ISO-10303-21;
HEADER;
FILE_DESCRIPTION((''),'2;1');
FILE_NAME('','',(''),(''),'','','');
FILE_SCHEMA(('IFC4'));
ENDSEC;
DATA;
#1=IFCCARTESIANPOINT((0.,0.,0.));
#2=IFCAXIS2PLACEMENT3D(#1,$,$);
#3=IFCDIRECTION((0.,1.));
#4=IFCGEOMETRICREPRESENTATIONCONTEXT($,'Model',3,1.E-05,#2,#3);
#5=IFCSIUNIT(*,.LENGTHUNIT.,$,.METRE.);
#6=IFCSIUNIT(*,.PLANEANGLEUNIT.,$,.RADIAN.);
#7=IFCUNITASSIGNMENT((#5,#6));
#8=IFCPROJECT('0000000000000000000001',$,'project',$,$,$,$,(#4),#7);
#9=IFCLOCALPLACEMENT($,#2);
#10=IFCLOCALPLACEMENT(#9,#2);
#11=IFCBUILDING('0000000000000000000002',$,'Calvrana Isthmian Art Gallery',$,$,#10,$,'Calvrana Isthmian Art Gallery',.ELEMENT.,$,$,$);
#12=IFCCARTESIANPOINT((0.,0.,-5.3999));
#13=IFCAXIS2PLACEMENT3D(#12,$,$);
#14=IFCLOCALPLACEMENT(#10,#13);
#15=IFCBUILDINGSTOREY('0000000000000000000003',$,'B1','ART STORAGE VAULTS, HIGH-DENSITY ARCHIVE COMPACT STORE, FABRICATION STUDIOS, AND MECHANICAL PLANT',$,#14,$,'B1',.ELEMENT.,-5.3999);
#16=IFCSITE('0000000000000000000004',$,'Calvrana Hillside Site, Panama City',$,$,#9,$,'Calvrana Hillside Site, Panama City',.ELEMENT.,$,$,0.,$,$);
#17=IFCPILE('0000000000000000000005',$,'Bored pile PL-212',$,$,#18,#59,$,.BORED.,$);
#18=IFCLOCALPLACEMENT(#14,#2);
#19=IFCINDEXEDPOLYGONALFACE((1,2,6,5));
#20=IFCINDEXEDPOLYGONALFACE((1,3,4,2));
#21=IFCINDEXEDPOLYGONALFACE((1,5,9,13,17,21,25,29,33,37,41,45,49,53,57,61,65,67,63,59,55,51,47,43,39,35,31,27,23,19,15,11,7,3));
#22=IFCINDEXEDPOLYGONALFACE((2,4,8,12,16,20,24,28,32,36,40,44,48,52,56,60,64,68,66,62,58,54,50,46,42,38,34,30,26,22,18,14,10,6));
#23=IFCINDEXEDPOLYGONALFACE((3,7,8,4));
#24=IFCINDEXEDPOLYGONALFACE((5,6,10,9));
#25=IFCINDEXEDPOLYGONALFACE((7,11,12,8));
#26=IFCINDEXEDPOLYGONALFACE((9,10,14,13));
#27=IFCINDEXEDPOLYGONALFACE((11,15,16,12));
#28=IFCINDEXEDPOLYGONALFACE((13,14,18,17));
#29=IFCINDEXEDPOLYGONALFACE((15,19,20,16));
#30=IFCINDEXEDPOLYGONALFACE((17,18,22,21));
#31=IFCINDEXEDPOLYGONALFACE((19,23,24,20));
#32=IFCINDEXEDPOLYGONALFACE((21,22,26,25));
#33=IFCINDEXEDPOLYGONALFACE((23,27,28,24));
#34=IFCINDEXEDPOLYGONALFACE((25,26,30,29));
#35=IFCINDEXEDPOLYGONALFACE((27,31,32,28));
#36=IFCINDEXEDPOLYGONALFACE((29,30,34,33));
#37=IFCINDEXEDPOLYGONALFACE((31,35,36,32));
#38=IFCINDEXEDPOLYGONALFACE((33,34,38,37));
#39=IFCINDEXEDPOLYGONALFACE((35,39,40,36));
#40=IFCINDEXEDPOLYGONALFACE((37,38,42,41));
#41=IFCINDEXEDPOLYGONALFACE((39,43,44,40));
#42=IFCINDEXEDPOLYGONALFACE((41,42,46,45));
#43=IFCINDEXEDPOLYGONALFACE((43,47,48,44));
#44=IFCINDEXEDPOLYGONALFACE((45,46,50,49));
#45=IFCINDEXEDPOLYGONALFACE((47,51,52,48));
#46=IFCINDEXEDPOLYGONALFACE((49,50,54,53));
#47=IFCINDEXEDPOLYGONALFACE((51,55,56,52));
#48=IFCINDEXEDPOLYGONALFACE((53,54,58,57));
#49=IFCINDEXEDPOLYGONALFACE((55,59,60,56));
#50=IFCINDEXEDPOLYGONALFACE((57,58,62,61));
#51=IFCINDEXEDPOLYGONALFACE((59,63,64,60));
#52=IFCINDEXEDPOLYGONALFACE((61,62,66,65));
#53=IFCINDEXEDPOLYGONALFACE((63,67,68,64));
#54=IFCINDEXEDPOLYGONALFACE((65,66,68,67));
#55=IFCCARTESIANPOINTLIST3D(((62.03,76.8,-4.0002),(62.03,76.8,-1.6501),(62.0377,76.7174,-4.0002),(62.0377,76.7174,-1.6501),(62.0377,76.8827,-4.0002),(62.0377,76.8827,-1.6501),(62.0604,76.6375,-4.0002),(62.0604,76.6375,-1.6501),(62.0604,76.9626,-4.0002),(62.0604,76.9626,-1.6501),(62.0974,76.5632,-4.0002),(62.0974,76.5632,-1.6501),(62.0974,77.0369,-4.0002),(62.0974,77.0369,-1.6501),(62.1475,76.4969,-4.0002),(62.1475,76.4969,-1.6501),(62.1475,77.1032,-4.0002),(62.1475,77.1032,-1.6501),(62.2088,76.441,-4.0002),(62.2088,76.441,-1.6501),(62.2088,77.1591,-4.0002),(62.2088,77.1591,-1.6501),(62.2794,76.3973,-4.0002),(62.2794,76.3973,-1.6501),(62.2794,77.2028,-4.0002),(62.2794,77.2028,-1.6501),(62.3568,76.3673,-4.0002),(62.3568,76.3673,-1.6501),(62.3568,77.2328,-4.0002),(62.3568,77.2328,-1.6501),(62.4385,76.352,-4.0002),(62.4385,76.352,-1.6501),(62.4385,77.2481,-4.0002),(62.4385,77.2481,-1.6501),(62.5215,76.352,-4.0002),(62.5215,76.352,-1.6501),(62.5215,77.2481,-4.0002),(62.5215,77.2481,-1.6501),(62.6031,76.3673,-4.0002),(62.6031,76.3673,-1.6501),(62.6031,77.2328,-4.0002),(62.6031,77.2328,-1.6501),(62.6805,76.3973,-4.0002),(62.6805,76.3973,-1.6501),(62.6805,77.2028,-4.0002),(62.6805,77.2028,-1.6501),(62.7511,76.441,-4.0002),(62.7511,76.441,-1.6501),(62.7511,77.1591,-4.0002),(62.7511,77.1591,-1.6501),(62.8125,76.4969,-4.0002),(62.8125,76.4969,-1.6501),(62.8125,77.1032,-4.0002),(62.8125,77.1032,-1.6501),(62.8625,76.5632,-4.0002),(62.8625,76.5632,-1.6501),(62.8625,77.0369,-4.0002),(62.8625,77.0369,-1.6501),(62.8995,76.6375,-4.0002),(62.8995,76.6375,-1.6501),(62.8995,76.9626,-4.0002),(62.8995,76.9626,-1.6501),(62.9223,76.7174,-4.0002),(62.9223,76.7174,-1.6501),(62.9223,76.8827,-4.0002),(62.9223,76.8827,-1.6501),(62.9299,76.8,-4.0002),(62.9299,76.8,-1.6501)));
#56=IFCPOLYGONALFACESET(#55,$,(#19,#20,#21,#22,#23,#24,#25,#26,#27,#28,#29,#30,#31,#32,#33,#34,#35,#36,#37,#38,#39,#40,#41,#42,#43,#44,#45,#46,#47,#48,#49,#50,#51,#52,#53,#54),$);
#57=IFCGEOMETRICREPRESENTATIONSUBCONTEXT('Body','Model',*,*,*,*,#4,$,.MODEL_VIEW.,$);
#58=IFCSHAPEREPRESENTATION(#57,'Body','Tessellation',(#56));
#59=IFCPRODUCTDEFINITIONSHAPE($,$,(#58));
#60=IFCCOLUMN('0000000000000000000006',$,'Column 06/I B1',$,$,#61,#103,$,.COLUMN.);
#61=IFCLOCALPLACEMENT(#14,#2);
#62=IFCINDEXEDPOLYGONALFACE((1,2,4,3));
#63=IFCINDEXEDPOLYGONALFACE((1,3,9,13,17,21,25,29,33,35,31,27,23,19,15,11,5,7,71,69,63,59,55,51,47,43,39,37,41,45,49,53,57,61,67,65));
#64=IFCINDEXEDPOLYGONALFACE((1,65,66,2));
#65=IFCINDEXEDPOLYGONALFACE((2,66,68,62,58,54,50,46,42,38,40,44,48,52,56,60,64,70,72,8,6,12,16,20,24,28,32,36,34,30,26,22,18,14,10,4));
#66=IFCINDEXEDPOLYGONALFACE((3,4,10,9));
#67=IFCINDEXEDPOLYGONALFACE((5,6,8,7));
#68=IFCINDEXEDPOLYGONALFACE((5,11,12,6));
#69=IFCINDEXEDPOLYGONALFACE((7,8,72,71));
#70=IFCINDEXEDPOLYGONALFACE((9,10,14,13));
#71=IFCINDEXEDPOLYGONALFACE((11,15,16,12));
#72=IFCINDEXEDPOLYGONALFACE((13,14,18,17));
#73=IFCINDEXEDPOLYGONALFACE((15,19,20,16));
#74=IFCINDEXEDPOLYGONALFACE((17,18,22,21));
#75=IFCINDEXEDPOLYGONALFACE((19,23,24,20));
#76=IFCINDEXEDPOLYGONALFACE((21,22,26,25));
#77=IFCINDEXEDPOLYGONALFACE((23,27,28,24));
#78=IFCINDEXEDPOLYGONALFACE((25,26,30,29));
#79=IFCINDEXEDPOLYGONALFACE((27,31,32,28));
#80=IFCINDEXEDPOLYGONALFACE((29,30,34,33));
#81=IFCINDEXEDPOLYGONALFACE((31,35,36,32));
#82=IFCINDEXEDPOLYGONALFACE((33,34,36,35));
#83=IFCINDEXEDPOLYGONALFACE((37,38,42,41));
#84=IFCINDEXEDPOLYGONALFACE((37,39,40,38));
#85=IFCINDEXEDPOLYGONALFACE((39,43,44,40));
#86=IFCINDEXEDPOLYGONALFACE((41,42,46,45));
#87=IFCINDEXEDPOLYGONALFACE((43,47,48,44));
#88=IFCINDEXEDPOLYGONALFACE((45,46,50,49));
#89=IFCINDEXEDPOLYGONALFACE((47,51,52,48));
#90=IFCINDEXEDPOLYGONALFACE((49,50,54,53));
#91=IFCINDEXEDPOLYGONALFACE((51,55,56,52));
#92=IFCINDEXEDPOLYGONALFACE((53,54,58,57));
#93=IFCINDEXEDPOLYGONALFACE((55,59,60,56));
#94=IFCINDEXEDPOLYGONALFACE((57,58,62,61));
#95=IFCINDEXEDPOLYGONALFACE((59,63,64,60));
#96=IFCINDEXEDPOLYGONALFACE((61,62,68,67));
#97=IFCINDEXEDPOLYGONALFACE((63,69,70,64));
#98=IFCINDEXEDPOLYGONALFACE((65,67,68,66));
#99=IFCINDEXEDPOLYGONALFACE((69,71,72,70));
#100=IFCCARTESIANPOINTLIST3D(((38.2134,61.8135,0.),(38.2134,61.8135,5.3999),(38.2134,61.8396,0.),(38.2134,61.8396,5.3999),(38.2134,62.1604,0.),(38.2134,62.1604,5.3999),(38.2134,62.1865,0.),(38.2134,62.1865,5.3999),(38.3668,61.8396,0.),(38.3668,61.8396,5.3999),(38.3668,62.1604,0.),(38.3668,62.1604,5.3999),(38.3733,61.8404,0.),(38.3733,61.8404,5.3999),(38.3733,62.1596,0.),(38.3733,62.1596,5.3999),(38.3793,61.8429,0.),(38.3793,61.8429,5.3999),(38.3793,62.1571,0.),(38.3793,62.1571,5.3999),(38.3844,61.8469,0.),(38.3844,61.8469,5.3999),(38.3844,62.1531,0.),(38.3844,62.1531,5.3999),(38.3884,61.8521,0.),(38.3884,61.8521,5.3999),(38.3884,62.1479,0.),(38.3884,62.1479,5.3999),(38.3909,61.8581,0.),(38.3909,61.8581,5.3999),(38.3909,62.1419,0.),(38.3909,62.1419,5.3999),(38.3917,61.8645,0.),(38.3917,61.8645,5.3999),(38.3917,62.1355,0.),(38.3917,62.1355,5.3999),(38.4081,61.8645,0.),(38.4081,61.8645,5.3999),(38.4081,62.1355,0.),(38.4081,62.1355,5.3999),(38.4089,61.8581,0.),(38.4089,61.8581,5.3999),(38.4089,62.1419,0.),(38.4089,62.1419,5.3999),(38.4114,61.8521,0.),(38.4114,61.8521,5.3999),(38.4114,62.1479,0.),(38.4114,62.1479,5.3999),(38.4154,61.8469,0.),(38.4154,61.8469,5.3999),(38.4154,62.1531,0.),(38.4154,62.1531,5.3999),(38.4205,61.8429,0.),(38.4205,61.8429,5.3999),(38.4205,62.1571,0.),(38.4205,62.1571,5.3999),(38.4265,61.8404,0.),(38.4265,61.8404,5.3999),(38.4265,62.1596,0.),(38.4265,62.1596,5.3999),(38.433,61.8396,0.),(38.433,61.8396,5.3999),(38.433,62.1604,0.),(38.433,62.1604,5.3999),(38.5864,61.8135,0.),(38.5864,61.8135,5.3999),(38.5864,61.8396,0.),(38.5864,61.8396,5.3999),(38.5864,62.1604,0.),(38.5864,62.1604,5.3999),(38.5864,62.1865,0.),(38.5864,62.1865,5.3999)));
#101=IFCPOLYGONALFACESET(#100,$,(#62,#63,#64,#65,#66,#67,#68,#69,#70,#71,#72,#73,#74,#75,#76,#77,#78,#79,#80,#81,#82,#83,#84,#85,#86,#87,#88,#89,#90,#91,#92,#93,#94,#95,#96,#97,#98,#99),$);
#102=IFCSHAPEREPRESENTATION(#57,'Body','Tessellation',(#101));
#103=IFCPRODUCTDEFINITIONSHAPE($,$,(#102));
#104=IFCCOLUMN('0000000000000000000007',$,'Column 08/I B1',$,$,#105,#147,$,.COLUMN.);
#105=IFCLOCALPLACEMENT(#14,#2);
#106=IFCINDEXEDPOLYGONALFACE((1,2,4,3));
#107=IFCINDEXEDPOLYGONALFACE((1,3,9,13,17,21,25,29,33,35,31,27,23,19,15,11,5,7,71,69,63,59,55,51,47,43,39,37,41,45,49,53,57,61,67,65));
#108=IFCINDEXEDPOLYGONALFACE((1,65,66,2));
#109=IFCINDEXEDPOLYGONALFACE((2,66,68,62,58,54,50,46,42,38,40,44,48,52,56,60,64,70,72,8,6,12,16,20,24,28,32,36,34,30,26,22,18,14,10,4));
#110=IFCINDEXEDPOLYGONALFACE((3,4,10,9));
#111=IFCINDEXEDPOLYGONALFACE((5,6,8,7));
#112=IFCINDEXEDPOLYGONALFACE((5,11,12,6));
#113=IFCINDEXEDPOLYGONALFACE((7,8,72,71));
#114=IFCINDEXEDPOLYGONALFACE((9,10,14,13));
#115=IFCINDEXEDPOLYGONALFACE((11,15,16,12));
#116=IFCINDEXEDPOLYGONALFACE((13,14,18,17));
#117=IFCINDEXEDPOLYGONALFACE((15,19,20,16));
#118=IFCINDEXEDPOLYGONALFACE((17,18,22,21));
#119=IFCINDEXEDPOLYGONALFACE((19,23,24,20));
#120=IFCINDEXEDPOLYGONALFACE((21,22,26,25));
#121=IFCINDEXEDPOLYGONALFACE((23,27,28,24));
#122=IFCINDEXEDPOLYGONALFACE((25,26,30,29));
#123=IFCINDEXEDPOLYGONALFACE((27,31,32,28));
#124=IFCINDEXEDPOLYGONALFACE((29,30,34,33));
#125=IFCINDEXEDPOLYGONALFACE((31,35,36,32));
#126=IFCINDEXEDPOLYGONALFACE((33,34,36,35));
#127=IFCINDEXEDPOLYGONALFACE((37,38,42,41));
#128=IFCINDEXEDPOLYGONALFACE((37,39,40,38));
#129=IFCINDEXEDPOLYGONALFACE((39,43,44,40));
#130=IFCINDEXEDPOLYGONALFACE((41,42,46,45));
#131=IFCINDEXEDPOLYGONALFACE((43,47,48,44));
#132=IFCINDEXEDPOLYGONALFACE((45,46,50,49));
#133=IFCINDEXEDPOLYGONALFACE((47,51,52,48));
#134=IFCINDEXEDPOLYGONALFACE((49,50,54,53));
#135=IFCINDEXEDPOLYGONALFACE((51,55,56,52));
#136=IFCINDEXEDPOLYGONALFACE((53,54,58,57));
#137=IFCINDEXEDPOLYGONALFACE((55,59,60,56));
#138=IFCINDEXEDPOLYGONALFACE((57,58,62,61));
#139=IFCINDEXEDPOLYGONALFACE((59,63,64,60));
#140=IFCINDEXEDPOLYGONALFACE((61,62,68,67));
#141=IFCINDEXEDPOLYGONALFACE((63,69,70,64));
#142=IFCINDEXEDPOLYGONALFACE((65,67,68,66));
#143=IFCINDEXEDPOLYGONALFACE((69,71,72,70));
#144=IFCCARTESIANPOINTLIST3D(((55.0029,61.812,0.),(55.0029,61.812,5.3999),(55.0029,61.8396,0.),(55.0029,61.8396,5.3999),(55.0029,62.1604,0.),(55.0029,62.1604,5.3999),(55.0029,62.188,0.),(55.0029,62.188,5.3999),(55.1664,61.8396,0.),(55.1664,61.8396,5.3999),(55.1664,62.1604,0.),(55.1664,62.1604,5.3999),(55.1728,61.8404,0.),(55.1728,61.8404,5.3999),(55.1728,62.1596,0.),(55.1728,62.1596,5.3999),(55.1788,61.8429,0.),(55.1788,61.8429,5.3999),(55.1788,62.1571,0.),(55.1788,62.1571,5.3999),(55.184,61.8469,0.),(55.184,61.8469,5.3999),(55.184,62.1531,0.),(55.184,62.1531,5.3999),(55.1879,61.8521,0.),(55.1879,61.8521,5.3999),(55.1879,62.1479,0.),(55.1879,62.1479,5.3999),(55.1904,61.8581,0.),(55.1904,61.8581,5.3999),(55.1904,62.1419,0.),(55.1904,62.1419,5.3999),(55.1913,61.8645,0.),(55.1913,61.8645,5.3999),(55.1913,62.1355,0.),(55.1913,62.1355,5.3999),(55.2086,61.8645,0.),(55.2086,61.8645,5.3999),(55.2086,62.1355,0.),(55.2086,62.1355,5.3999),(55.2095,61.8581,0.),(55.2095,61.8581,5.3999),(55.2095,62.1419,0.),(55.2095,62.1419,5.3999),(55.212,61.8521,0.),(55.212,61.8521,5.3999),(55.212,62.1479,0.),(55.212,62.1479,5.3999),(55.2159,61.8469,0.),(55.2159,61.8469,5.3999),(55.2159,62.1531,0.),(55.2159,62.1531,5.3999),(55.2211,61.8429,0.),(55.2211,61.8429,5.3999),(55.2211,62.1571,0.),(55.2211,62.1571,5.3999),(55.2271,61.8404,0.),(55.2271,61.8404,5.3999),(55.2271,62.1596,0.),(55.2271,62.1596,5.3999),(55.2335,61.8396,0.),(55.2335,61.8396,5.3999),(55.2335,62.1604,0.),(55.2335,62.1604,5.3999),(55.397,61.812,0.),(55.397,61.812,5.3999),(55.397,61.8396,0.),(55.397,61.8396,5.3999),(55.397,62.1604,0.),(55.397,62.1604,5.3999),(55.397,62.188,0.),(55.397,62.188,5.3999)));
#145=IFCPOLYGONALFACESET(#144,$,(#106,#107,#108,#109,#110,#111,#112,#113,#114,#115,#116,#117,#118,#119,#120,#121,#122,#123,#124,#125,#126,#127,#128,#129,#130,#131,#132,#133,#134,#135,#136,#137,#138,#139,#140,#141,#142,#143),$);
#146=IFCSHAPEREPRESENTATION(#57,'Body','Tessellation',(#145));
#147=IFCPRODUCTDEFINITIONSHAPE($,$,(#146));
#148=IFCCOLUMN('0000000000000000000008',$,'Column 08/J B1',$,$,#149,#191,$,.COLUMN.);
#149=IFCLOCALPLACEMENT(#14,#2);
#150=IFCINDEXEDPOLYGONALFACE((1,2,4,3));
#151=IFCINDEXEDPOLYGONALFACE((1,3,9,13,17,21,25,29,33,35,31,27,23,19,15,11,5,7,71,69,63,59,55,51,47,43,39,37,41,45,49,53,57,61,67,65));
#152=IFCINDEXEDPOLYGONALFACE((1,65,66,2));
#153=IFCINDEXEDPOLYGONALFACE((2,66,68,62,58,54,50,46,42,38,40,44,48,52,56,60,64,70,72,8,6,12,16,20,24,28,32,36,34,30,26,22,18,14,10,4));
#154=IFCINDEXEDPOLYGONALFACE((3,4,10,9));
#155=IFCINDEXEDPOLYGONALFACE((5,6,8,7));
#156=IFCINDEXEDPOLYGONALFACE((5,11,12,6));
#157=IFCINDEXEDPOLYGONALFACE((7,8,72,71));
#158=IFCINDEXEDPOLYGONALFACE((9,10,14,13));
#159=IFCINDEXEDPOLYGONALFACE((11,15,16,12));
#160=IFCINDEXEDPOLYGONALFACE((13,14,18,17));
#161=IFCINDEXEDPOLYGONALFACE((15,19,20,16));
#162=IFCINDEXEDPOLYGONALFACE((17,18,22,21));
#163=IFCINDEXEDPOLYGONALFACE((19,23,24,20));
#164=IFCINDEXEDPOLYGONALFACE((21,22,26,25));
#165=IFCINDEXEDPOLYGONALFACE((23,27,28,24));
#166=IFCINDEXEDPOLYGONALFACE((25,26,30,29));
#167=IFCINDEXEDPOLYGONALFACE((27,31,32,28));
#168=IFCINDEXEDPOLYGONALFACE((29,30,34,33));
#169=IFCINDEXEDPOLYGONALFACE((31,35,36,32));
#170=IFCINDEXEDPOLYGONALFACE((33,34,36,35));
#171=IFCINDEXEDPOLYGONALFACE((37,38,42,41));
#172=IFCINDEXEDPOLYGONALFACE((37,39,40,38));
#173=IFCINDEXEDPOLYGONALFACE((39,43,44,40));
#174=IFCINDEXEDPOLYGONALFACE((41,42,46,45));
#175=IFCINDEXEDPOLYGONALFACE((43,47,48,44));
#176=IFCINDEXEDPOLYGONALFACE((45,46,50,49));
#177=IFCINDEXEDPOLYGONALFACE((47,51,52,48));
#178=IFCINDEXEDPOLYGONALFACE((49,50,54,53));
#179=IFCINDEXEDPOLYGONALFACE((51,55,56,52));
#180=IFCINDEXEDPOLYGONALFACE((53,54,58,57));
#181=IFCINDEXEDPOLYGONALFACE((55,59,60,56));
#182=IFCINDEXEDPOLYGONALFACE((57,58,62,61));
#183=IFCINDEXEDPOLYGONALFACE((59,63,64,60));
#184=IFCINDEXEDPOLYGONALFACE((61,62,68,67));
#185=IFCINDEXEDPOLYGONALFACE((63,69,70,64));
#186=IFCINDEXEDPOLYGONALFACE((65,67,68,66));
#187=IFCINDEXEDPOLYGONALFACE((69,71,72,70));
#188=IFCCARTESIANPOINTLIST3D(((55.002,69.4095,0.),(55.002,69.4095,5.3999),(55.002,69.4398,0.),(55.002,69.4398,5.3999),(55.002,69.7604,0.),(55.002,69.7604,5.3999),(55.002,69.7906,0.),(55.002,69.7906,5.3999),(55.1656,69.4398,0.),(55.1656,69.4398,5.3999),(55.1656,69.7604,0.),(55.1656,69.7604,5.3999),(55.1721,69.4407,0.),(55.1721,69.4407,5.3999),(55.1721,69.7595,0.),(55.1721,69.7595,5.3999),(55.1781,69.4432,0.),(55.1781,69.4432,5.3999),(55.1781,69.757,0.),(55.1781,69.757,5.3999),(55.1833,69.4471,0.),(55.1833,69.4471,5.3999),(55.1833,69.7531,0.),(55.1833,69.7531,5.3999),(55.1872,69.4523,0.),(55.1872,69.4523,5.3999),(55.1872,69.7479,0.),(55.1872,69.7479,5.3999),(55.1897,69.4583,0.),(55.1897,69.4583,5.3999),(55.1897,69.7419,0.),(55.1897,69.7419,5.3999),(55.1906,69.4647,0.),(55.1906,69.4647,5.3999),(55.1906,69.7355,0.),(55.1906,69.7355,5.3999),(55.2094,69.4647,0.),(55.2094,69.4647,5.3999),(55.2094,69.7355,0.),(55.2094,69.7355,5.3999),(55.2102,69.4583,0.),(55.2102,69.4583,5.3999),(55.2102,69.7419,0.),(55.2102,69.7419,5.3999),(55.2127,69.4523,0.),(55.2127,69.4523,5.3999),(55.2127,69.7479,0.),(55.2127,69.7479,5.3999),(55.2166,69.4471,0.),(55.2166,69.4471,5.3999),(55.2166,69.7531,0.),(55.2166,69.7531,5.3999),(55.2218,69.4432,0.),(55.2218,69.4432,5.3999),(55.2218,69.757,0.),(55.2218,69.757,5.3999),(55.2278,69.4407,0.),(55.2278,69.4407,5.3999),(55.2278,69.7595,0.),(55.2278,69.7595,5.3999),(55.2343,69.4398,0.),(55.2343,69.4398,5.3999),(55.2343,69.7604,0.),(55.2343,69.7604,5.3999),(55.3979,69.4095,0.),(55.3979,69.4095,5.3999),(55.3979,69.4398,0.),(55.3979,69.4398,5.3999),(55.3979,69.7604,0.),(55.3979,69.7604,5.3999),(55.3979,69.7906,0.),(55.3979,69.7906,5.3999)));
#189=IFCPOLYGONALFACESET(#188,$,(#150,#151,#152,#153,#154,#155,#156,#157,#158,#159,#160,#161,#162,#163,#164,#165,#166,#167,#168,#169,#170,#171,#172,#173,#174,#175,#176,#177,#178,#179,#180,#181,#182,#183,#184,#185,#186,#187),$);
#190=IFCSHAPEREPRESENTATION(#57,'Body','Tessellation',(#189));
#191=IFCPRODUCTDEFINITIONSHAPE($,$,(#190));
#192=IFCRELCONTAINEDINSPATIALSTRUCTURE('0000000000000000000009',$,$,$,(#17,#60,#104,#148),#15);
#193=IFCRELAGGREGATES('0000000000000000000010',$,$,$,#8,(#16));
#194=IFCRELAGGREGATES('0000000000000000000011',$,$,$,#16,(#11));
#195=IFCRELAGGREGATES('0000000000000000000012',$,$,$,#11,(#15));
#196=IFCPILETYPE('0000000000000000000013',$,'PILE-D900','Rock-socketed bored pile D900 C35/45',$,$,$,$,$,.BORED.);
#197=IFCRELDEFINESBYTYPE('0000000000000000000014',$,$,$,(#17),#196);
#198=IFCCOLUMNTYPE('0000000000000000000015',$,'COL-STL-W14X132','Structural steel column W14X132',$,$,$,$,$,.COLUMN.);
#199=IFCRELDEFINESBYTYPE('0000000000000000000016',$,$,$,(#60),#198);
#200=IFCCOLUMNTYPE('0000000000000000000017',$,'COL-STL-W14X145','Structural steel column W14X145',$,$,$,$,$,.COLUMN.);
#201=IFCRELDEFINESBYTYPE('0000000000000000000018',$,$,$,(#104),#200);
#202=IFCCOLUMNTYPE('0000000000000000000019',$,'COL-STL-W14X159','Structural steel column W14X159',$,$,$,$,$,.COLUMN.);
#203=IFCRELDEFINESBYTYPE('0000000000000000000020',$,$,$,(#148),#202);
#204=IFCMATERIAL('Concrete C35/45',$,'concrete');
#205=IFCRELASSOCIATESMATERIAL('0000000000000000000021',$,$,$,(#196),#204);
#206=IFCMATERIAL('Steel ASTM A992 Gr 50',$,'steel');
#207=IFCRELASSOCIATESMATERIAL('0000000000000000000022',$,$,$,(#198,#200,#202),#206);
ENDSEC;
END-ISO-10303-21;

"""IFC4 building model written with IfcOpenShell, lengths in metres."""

from ifc_helpers import new_model, si_unit, direction, frame, origin, origin_2d, place, context, subcontext, project, spatial, circle, i_section, extrude, material, material_profile, profile_set, type_object, element, save


model = new_model("IFC4")

# Units and contexts
model_context = context("Model", 3, precision=1e-05, world=origin(), true_north=direction((0.0, 1.0)))
body_context = subcontext(model_context, "Body", "Model", "MODEL_VIEW")
ifc_project = project(units=[si_unit("LENGTHUNIT", "METRE"), si_unit("PLANEANGLEUNIT", "RADIAN")], contexts=[model_context])

# Site, building, storey
site_placement = place(None, origin())
site = spatial("IfcSite", under=ifc_project, at=site_placement, Name="Calvrana Hillside Site, Panama City", LongName="Calvrana Hillside Site, Panama City", CompositionType="ELEMENT", RefElevation=0.0)
building_placement = place(site_placement, origin())
building = spatial("IfcBuilding", under=site, at=building_placement, Name="Calvrana Isthmian Art Gallery", LongName="Calvrana Isthmian Art Gallery", CompositionType="ELEMENT")
storey_placement = place(building_placement, frame((0.0, 0.0, -5.3999)))
storey = spatial("IfcBuildingStorey", under=building, at=storey_placement, Name="B1", Description="ART STORAGE VAULTS, HIGH-DENSITY ARCHIVE COMPACT STORE, FABRICATION STUDIOS, AND MECHANICAL PLANT", LongName="B1", CompositionType="ELEMENT", Elevation=-5.3999)

# Shared definitions
ifc_material_1 = material(Name="Concrete C35/45", Category="concrete")

# Pile
ifc_material_profile_1 = material_profile(ifc_material_1, circle(Radius=0.45, at=origin_2d()), Name="PILE900D")
ifc_profile_set_1 = profile_set([ifc_material_profile_1], Name="Concrete C35/45")
pile_type_1 = type_object("IfcPileType", Name="PILE-D900", Description="Rock-socketed bored pile D900 C35/45", PredefinedType="BORED", material=ifc_profile_set_1)
pile_1_placement = place(storey_placement, frame((62.48, 76.8, -1.6501), z_axis=(0.0, 0.0, -1.0), x_axis=(1.0, 0.0, 0.0)))
element("IfcPile", 1, at=pile_1_placement, inside=storey, type_object=pile_type_1, Name="Bored pile PL-212", PredefinedType="BORED", context=body_context, shape_type="SweptSolid", body=[
    extrude(circle(Radius=0.45, at=origin_2d()), origin(), (0.0, 0.0, 1.0), 2.3501),
])

# Columns
ifc_material_2 = material(Name="Steel ASTM A992 Gr 50", Category="steel")
ifc_material_profile_2 = material_profile(ifc_material_2, i_section(OverallWidth=0.373, OverallDepth=0.373, WebThickness=0.0164, FlangeThickness=0.0261, FilletRadius=0.0249, at=origin_2d()), Name="W14X132")
ifc_profile_set_2 = profile_set([ifc_material_profile_2], Name="Steel ASTM A992 Gr 50")
column_type_1 = type_object("IfcColumnType", Name="COL-STL-W14X132", Description="Structural steel column W14X132", PredefinedType="COLUMN", material=ifc_profile_set_2)
column_1_placement = place(storey_placement, frame((38.3999, 62.0, 0.0), z_axis=(0.0, 0.0, 1.0), x_axis=(1.0, 0.0, 0.0)))
element("IfcColumn", 2, at=column_1_placement, inside=storey, type_object=column_type_1, Name="Column 06/I B1", PredefinedType="COLUMN", context=body_context, shape_type="SweptSolid", body=[
    extrude(i_section(OverallWidth=0.373, OverallDepth=0.373, WebThickness=0.0164, FlangeThickness=0.0261, FilletRadius=0.0249, at=origin_2d()), origin(), (0.0, 0.0, 1.0), 5.3999),
])
ifc_material_profile_3 = material_profile(ifc_material_2, i_section(OverallWidth=0.394, OverallDepth=0.376, WebThickness=0.0173, FlangeThickness=0.0276, FilletRadius=0.0249, at=origin_2d()), Name="W14X145")
ifc_profile_set_3 = profile_set([ifc_material_profile_3], Name="Steel ASTM A992 Gr 50")
column_type_2 = type_object("IfcColumnType", Name="COL-STL-W14X145", Description="Structural steel column W14X145", PredefinedType="COLUMN", material=ifc_profile_set_3)
column_2_placement = place(storey_placement, frame((55.2, 62.0, 0.0), z_axis=(0.0, 0.0, 1.0), x_axis=(1.0, 0.0, 0.0)))
element("IfcColumn", 3, at=column_2_placement, inside=storey, type_object=column_type_2, Name="Column 08/I B1", PredefinedType="COLUMN", context=body_context, shape_type="SweptSolid", body=[
    extrude(i_section(OverallWidth=0.394, OverallDepth=0.376, WebThickness=0.0173, FlangeThickness=0.0276, FilletRadius=0.0249, at=origin_2d()), origin(), (0.0, 0.0, 1.0), 5.3999),
])
ifc_material_profile_4 = material_profile(ifc_material_2, i_section(OverallWidth=0.396, OverallDepth=0.3811, WebThickness=0.0188, FlangeThickness=0.0303, FilletRadius=0.0249, at=origin_2d()), Name="W14X159")
ifc_profile_set_4 = profile_set([ifc_material_profile_4], Name="Steel ASTM A992 Gr 50")
column_type_3 = type_object("IfcColumnType", Name="COL-STL-W14X159", Description="Structural steel column W14X159", PredefinedType="COLUMN", material=ifc_profile_set_4)
column_3_placement = place(storey_placement, frame((55.2, 69.6001, 0.0), z_axis=(0.0, 0.0, 1.0), x_axis=(1.0, 0.0, 0.0)))
element("IfcColumn", 4, at=column_3_placement, inside=storey, type_object=column_type_3, Name="Column 08/J B1", PredefinedType="COLUMN", context=body_context, shape_type="SweptSolid", body=[
    extrude(i_section(OverallWidth=0.396, OverallDepth=0.3811, WebThickness=0.0188, FlangeThickness=0.0303, FilletRadius=0.0249, at=origin_2d()), origin(), (0.0, 0.0, 1.0), 5.3999),
])

save(model, "model.ifc")
